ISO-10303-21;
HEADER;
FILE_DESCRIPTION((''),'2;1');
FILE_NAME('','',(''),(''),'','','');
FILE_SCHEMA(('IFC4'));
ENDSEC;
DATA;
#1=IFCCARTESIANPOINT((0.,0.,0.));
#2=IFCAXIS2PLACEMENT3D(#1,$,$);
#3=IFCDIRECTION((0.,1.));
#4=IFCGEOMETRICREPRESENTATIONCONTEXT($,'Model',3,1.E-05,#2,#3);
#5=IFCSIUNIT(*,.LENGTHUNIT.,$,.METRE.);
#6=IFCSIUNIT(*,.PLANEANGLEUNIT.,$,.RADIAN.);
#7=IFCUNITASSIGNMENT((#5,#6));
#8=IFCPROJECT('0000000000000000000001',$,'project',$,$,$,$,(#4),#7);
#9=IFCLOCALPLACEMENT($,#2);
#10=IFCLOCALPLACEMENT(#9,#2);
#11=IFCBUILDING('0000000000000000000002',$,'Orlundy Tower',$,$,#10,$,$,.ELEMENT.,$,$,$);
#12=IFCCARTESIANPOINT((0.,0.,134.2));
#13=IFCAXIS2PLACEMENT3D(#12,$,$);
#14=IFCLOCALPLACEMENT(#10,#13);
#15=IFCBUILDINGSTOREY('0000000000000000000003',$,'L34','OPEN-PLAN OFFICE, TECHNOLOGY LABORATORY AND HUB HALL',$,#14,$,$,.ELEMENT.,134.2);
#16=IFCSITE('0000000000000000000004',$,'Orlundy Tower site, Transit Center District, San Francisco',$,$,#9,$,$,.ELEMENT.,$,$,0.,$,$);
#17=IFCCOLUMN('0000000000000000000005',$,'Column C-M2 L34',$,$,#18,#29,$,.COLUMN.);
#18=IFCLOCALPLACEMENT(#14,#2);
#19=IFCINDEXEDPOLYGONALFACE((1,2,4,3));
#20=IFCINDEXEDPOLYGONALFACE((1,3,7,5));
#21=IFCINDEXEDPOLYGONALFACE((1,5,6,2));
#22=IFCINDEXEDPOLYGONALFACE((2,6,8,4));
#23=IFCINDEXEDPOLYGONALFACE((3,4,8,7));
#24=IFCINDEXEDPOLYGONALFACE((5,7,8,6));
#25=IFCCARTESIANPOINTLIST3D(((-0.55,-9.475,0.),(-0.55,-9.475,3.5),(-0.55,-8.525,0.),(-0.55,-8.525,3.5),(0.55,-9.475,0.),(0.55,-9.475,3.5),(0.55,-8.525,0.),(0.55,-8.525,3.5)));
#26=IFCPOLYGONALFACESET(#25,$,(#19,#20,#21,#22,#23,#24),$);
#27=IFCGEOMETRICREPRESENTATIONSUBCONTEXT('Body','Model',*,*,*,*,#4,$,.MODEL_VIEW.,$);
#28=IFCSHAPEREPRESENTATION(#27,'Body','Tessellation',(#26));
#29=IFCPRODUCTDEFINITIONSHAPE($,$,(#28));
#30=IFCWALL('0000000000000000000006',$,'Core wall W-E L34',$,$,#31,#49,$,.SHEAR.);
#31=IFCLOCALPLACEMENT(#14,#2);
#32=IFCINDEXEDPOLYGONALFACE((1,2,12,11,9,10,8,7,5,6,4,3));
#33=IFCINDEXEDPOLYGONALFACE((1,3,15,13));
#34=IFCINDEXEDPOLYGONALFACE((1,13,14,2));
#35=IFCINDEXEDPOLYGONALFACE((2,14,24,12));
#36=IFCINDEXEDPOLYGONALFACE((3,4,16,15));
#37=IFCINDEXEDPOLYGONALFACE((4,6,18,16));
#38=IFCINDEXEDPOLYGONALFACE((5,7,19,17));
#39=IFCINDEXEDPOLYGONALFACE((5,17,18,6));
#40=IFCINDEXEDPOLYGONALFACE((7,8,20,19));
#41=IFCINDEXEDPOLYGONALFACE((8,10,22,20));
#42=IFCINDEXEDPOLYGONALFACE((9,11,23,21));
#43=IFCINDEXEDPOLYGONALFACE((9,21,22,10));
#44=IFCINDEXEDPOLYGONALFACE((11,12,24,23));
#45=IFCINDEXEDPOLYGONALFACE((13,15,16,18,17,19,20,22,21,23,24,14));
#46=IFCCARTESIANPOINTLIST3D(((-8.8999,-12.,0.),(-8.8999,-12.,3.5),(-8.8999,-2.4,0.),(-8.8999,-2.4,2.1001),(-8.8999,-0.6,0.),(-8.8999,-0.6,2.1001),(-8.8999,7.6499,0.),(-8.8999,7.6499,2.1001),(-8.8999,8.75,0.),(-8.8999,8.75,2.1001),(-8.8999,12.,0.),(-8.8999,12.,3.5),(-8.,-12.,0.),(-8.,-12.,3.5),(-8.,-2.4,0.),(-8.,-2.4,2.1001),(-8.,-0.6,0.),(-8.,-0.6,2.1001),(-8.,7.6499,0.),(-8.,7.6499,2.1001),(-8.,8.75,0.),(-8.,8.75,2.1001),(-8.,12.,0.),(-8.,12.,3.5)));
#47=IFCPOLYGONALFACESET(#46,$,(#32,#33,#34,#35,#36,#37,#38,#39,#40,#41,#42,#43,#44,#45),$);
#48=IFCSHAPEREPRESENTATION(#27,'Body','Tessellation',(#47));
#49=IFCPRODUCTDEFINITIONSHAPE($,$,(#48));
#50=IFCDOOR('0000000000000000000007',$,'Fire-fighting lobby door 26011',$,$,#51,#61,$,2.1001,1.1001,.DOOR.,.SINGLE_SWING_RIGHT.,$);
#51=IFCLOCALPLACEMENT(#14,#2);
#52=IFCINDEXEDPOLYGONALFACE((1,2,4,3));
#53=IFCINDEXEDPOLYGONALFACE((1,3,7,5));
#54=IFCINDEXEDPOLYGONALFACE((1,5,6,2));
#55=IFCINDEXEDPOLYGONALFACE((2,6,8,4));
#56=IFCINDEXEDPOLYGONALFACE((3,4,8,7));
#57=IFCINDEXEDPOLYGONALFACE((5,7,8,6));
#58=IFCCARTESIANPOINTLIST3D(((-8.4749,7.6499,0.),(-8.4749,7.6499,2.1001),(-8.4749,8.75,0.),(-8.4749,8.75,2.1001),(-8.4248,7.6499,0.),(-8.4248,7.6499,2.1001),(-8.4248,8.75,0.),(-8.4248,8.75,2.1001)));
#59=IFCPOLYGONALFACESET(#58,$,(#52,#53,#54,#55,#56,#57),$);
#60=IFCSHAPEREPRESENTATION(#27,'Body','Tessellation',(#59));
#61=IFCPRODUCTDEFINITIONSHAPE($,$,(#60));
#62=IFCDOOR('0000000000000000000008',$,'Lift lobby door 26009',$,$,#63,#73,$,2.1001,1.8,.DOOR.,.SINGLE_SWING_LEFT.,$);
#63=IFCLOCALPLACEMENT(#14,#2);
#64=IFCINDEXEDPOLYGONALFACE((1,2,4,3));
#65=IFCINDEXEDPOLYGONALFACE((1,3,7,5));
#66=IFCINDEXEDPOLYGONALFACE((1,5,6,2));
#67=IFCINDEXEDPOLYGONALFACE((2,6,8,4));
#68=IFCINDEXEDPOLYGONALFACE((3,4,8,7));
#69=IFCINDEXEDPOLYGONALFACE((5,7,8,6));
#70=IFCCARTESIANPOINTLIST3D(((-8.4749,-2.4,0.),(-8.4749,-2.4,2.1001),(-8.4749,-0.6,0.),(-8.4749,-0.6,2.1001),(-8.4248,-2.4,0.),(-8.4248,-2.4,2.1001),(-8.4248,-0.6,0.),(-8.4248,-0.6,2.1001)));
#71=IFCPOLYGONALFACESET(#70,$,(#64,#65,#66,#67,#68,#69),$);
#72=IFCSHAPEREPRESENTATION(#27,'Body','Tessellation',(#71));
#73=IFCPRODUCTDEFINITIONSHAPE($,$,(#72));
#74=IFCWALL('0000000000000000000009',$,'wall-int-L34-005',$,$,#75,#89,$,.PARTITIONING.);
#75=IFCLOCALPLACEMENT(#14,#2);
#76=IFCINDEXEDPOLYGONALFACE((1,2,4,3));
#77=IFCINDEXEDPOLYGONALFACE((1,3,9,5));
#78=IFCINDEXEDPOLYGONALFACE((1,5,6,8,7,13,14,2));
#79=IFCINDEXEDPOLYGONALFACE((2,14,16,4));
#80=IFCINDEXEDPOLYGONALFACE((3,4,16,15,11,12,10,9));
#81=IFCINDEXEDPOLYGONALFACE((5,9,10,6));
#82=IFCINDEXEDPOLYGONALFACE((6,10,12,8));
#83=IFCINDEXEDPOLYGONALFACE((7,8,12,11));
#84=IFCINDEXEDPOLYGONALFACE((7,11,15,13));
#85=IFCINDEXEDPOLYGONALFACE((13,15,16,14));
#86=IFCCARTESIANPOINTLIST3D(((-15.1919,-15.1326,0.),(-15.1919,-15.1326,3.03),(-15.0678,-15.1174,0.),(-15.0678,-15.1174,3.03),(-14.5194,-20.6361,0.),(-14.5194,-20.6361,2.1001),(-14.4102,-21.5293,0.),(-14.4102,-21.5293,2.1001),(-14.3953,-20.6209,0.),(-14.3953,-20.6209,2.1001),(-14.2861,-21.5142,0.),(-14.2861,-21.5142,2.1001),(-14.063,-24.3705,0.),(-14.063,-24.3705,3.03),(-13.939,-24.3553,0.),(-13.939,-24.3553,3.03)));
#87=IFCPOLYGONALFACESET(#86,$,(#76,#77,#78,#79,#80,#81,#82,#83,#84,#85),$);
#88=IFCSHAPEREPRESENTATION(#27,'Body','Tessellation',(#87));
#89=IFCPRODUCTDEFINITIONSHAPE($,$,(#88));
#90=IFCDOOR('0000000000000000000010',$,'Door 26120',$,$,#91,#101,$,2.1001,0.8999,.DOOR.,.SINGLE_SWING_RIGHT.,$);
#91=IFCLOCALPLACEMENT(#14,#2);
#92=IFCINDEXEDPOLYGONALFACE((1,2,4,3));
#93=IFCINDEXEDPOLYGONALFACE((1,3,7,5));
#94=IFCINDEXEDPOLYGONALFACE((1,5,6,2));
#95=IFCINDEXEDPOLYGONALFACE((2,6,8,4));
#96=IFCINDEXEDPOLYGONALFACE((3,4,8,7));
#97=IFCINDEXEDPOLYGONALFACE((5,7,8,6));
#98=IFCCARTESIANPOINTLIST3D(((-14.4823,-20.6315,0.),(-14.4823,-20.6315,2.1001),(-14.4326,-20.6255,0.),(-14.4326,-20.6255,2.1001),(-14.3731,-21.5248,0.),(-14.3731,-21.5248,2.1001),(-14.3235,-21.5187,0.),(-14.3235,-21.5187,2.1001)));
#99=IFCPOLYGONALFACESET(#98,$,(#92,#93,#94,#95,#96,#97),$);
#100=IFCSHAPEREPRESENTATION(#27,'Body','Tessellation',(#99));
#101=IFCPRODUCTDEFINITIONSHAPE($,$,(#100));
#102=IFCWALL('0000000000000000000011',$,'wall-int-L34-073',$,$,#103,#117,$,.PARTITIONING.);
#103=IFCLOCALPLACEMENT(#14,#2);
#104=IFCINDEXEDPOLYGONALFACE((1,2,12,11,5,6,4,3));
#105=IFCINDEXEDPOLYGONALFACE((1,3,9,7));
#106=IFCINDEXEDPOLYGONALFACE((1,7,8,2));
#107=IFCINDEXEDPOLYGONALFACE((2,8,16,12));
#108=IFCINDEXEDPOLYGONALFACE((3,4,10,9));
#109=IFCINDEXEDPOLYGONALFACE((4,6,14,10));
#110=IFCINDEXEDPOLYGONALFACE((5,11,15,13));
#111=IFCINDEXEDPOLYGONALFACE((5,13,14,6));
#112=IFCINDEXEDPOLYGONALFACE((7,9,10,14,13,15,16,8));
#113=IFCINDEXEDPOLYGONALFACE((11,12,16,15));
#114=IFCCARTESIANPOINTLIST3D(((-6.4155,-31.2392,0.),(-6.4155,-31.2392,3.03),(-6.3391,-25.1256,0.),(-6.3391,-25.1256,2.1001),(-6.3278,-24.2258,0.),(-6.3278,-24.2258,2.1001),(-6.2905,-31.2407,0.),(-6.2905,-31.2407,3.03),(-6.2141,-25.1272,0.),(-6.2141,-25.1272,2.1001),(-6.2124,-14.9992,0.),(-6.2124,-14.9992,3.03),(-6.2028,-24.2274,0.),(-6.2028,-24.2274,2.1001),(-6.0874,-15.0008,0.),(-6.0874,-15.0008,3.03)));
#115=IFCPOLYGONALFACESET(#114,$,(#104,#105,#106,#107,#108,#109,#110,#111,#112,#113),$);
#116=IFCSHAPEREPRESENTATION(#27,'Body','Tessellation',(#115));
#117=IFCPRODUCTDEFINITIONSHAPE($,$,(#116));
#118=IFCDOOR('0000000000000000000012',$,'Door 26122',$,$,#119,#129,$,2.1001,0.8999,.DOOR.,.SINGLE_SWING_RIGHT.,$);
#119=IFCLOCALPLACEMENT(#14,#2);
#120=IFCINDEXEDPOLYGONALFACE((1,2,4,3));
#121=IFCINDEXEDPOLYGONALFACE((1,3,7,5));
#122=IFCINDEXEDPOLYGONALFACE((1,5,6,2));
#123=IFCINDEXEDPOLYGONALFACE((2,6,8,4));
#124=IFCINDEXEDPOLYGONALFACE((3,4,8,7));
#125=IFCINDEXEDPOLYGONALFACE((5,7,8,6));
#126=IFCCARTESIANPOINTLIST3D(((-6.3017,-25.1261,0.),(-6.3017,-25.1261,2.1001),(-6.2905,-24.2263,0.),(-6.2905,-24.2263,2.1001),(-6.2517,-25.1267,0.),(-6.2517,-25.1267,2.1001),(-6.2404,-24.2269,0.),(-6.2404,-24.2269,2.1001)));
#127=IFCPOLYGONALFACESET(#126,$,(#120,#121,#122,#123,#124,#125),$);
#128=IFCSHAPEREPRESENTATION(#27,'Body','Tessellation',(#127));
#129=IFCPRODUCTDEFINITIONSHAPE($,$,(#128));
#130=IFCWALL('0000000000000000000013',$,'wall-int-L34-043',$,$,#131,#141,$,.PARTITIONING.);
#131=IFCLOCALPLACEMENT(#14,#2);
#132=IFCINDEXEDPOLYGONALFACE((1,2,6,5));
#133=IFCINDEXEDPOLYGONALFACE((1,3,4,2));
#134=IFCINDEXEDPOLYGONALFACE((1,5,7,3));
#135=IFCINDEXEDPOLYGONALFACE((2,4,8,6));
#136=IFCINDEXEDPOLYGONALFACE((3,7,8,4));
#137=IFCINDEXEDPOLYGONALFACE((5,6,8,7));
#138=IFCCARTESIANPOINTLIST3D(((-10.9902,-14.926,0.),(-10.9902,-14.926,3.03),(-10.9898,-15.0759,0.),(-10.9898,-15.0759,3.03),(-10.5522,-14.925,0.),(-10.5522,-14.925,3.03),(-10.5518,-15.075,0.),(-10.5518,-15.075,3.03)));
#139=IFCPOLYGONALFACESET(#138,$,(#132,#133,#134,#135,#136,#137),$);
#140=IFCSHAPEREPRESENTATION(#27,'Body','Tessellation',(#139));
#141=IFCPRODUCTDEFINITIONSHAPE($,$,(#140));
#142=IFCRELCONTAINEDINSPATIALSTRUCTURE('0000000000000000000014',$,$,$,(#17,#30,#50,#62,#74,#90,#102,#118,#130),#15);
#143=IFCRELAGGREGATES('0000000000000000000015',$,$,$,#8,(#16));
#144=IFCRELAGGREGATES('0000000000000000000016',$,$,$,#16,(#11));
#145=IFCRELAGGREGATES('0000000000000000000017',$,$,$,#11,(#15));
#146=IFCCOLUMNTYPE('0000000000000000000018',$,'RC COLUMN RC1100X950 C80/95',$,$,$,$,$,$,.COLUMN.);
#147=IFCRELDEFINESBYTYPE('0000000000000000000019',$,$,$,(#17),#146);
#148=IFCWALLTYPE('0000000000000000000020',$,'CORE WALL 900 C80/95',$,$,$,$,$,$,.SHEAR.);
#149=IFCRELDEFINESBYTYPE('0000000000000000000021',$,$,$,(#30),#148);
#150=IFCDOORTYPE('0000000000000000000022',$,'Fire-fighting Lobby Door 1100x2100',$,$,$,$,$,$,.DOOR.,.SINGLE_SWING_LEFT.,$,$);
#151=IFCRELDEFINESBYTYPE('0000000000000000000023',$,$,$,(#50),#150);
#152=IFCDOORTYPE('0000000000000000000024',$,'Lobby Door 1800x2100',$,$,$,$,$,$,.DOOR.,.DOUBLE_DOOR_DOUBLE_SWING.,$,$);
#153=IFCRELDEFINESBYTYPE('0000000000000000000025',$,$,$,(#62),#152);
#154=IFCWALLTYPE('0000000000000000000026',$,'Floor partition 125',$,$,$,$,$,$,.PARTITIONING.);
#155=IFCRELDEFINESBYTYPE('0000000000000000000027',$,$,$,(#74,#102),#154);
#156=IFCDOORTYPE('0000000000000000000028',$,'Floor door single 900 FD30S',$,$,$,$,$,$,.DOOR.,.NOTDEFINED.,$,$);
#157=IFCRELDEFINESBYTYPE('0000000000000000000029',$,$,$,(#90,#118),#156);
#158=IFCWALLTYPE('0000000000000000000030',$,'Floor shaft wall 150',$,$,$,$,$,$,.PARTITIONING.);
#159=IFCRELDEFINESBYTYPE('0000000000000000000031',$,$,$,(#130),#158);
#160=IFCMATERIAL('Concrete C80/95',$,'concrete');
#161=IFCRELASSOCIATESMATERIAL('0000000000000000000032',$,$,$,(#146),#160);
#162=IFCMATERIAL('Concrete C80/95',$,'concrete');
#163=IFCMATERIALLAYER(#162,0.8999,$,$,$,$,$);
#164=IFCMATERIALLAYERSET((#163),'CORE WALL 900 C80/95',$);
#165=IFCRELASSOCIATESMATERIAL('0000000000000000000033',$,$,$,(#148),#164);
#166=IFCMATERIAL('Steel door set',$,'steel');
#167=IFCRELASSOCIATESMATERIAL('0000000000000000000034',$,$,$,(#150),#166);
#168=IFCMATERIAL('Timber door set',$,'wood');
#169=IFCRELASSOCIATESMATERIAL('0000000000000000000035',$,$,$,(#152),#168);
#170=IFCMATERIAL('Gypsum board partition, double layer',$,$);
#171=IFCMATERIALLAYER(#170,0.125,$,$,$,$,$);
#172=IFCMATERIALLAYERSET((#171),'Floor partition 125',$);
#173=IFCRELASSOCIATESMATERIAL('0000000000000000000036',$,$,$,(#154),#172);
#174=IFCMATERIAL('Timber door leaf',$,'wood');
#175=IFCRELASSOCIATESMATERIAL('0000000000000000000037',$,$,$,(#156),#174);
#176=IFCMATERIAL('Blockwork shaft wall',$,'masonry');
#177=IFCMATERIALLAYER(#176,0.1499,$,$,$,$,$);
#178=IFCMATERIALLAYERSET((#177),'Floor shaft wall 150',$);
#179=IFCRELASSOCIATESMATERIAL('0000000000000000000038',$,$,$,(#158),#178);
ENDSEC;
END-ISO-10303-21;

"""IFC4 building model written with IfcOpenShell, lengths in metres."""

from ifc_helpers import new_model, si_unit, direction, frame, frame_2d, origin, origin_2d, place, context, subcontext, project, spatial, rectangle, extrude, material, layer, layer_set, material_profile, profile_set, type_object, element, fill, save


model = new_model("IFC4")

# Units and contexts
model_context = context("Model", 3, precision=1e-05, world=origin(), true_north=direction((0.0, 1.0)))
body_context = subcontext(model_context, "Body", "Model", "MODEL_VIEW")
ifc_project = project(units=[si_unit("LENGTHUNIT", "METRE"), si_unit("PLANEANGLEUNIT", "RADIAN")], contexts=[model_context])

# Site, building, storey
site_placement = place(None, origin())
site = spatial("IfcSite", under=ifc_project, at=site_placement, Name="Orlundy Tower site, Transit Center District, San Francisco", CompositionType="ELEMENT", RefElevation=0.0)
building_placement = place(site_placement, origin())
building = spatial("IfcBuilding", under=site, at=building_placement, Name="Orlundy Tower", CompositionType="ELEMENT")
storey_placement = place(building_placement, frame((0.0, 0.0, 134.2)))
storey = spatial("IfcBuildingStorey", under=building, at=storey_placement, Name="L34", Description="OPEN-PLAN OFFICE, TECHNOLOGY LABORATORY AND HUB HALL", CompositionType="ELEMENT", Elevation=134.2)

# Column
ifc_material_1 = material(Name="Concrete C80/95", Category="concrete")
ifc_material_profile = material_profile(ifc_material_1, rectangle(XDim=1.1001, YDim=0.95, at=origin_2d()), Name="RC1100X950")
ifc_profile_set = profile_set([ifc_material_profile], Name="Concrete C80/95")
column_type = type_object("IfcColumnType", Name="RC COLUMN RC1100X950 C80/95", PredefinedType="COLUMN", material=ifc_profile_set)
column_placement = place(storey_placement, frame((0.0, -9.0, 0.0), z_axis=(0.0, 0.0, 1.0), x_axis=(1.0, 0.0, 0.0)))
element("IfcColumn", 1, at=column_placement, inside=storey, type_object=column_type, Name="Column C-M2 L34", PredefinedType="COLUMN", context=body_context, shape_type="SweptSolid", body=[
    extrude(rectangle(XDim=1.1001, YDim=0.95, at=origin_2d()), origin(), (0.0, 0.0, 1.0), 3.5),
])

# Wall, openings, doors
ifc_material_2 = material(Name="Concrete C80/95", Category="concrete")
ifc_layer_1 = layer(ifc_material_2, 0.8999)
ifc_layer_set_1 = layer_set([ifc_layer_1], Name="CORE WALL 900 C80/95")
wall_type_1 = type_object("IfcWallType", Name="CORE WALL 900 C80/95", PredefinedType="SHEAR", material=ifc_layer_set_1)
wall_1_placement = place(storey_placement, frame((-8.45, -12.0, 0.0), z_axis=(0.0, 0.0, 1.0), x_axis=(0.0, 1.0, 0.0)))
wall_1 = element("IfcWall", 2, at=wall_1_placement, inside=storey, type_object=wall_type_1, Name="Core wall W-E L34", PredefinedType="SHEAR", context=body_context, shape_type="SweptSolid", body=[
    extrude(rectangle(XDim=24.0, YDim=0.8999, at=frame_2d((12.0, 0.0))), origin(), (0.0, 0.0, 1.0), 3.5),
])
opening_1_placement = place(wall_1_placement, frame((9.6001, 0.0, 0.0)))
opening_1 = element("IfcOpeningElement", 3, at=opening_1_placement, cuts=wall_1, PredefinedType="OPENING", context=body_context, shape_type="SweptSolid", body=[
    extrude(rectangle(XDim=1.8, YDim=2.1001, at=frame_2d((0.8999, 1.05))), frame((0.0, 0.46, 0.0), z_axis=(0.0, -1.0, 0.0), x_axis=(1.0, 0.0, 0.0)), (0.0, 0.0, 1.0), 0.9199),
])
opening_2_placement = place(wall_1_placement, frame((19.6499, 0.0, 0.0)))
opening_2 = element("IfcOpeningElement", 4, at=opening_2_placement, cuts=wall_1, PredefinedType="OPENING", context=body_context, shape_type="SweptSolid", body=[
    extrude(rectangle(XDim=1.1001, YDim=2.1001, at=frame_2d((0.55, 1.05))), frame((0.0, 0.46, 0.0), z_axis=(0.0, -1.0, 0.0), x_axis=(1.0, 0.0, 0.0)), (0.0, 0.0, 1.0), 0.9199),
])
ifc_material_3 = material(Name="Steel door set", Category="steel")
door_type_1 = type_object("IfcDoorType", Name="Fire-fighting Lobby Door 1100x2100", OperationType="SINGLE_SWING_LEFT", PredefinedType="DOOR", material=ifc_material_3)
door_1_placement = place(opening_2_placement, origin())
door_1 = element("IfcDoor", 5, at=door_1_placement, inside=storey, type_object=door_type_1, Name="Fire-fighting lobby door 26011", OperationType="SINGLE_SWING_RIGHT", OverallHeight=2.1001, OverallWidth=1.1001, PredefinedType="DOOR", context=body_context, shape_type="SweptSolid", body=[
    extrude(rectangle(XDim=1.1001, YDim=2.1001, at=frame_2d((0.55, 1.05))), frame((0.0, 0.0249, 0.0), z_axis=(0.0, -1.0, 0.0), x_axis=(1.0, 0.0, 0.0)), (0.0, 0.0, 1.0), 0.05),
])
fill(opening_2, door_1)
ifc_material_4 = material(Name="Timber door set", Category="wood")
door_type_2 = type_object("IfcDoorType", Name="Lobby Door 1800x2100", OperationType="DOUBLE_DOOR_DOUBLE_SWING", PredefinedType="DOOR", material=ifc_material_4)
door_2_placement = place(opening_1_placement, origin())
door_2 = element("IfcDoor", 6, at=door_2_placement, inside=storey, type_object=door_type_2, Name="Lift lobby door 26009", OperationType="SINGLE_SWING_LEFT", OverallHeight=2.1001, OverallWidth=1.8, PredefinedType="DOOR", context=body_context, shape_type="SweptSolid", body=[
    extrude(rectangle(XDim=1.8, YDim=2.1001, at=frame_2d((0.8999, 1.05))), frame((0.0, 0.0249, 0.0), z_axis=(0.0, -1.0, 0.0), x_axis=(1.0, 0.0, 0.0)), (0.0, 0.0, 1.0), 0.05),
])
fill(opening_1, door_2)

# Walls, openings, doors
ifc_material_5 = material(Name="Gypsum board partition, double layer")
ifc_layer_2 = layer(ifc_material_5, 0.125)
ifc_layer_set_2 = layer_set([ifc_layer_2], Name="Floor partition 125")
wall_type_2 = type_object("IfcWallType", Name="Floor partition 125", PredefinedType="PARTITIONING", material=ifc_layer_set_2)
wall_2_placement = place(storey_placement, frame((-15.1299, -15.125, 0.0), z_axis=(0.0, 0.0, 1.0), x_axis=(0.1213, -0.992616, 0.0)))
wall_2 = element("IfcWall", 7, at=wall_2_placement, inside=storey, type_object=wall_type_2, Name="wall-int-L34-005", PredefinedType="PARTITIONING", context=body_context, shape_type="SweptSolid", body=[
    extrude(rectangle(XDim=9.3066, YDim=0.125, at=frame_2d((4.6533, 0.0))), origin(), (0.0, 0.0, 1.0), 3.03),
])
opening_3_placement = place(wall_2_placement, frame((5.5444, 0.0, 0.0)))
opening_3 = element("IfcOpeningElement", 8, at=opening_3_placement, cuts=wall_2, PredefinedType="OPENING", context=body_context, shape_type="SweptSolid", body=[
    extrude(rectangle(XDim=0.8999, YDim=2.1001, at=frame_2d((0.45, 1.05))), frame((0.0, 0.0725, 0.0), z_axis=(0.0, -1.0, 0.0), x_axis=(1.0, 0.0, 0.0)), (0.0, 0.0, 1.0), 0.145),
])
ifc_material_6 = material(Name="Timber door leaf", Category="wood")
door_type_3 = type_object("IfcDoorType", Name="Floor door single 900 FD30S", OperationType="NOTDEFINED", PredefinedType="DOOR", material=ifc_material_6)
door_3_placement = place(opening_3_placement, origin())
door_3 = element("IfcDoor", 9, at=door_3_placement, inside=storey, type_object=door_type_3, Name="Door 26120", OperationType="SINGLE_SWING_RIGHT", OverallHeight=2.1001, OverallWidth=0.8999, PredefinedType="DOOR", context=body_context, shape_type="SweptSolid", body=[
    extrude(rectangle(XDim=0.8999, YDim=2.1001, at=frame_2d((0.45, 1.05))), frame((0.0, 0.0249, 0.0), z_axis=(0.0, -1.0, 0.0), x_axis=(1.0, 0.0, 0.0)), (0.0, 0.0, 1.0), 0.05),
])
fill(opening_3, door_3)
wall_3_placement = place(storey_placement, frame((-6.1499, -15.0, 0.0), z_axis=(0.0, 0.0, 1.0), x_axis=(-0.012507, -0.999922, 0.0)))
wall_3 = element("IfcWall", 10, at=wall_3_placement, inside=storey, type_object=wall_type_2, Name="wall-int-L34-073", PredefinedType="PARTITIONING", context=body_context, shape_type="SweptSolid", body=[
    extrude(rectangle(XDim=16.2412, YDim=0.125, at=frame_2d((8.1206, 0.0))), origin(), (0.0, 0.0, 1.0), 3.03),
])
opening_4_placement = place(wall_3_placement, frame((9.2273, 0.0, 0.0)))
opening_4 = element("IfcOpeningElement", 11, at=opening_4_placement, cuts=wall_3, PredefinedType="OPENING", context=body_context, shape_type="SweptSolid", body=[
    extrude(rectangle(XDim=0.8999, YDim=2.1001, at=frame_2d((0.45, 1.05))), frame((0.0, 0.0725, 0.0), z_axis=(0.0, -1.0, 0.0), x_axis=(1.0, 0.0, 0.0)), (0.0, 0.0, 1.0), 0.145),
])
door_4_placement = place(opening_4_placement, origin())
door_4 = element("IfcDoor", 12, at=door_4_placement, inside=storey, type_object=door_type_3, Name="Door 26122", OperationType="SINGLE_SWING_RIGHT", OverallHeight=2.1001, OverallWidth=0.8999, PredefinedType="DOOR", context=body_context, shape_type="SweptSolid", body=[
    extrude(rectangle(XDim=0.8999, YDim=2.1001, at=frame_2d((0.45, 1.05))), frame((0.0, 0.0249, 0.0), z_axis=(0.0, -1.0, 0.0), x_axis=(1.0, 0.0, 0.0)), (0.0, 0.0, 1.0), 0.05),
])
fill(opening_4, door_4)

# Wall
ifc_material_7 = material(Name="Blockwork shaft wall", Category="masonry")
ifc_layer_3 = layer(ifc_material_7, 0.1499)
ifc_layer_set_3 = layer_set([ifc_layer_3], Name="Floor shaft wall 150")
wall_type_3 = type_object("IfcWallType", Name="Floor shaft wall 150", PredefinedType="PARTITIONING", material=ifc_layer_set_3)
wall_4_placement = place(storey_placement, frame((-10.99, -15.001, 0.0), z_axis=(0.0, 0.0, 1.0), x_axis=(0.999998, 0.00223, 0.0)))
element("IfcWall", 13, at=wall_4_placement, inside=storey, type_object=wall_type_3, Name="wall-int-L34-043", PredefinedType="PARTITIONING", context=body_context, shape_type="SweptSolid", body=[
    extrude(rectangle(XDim=0.438, YDim=0.1499, at=frame_2d((0.219, 0.0))), origin(), (0.0, 0.0, 1.0), 3.03),
])

save(model, "model.ifc")
